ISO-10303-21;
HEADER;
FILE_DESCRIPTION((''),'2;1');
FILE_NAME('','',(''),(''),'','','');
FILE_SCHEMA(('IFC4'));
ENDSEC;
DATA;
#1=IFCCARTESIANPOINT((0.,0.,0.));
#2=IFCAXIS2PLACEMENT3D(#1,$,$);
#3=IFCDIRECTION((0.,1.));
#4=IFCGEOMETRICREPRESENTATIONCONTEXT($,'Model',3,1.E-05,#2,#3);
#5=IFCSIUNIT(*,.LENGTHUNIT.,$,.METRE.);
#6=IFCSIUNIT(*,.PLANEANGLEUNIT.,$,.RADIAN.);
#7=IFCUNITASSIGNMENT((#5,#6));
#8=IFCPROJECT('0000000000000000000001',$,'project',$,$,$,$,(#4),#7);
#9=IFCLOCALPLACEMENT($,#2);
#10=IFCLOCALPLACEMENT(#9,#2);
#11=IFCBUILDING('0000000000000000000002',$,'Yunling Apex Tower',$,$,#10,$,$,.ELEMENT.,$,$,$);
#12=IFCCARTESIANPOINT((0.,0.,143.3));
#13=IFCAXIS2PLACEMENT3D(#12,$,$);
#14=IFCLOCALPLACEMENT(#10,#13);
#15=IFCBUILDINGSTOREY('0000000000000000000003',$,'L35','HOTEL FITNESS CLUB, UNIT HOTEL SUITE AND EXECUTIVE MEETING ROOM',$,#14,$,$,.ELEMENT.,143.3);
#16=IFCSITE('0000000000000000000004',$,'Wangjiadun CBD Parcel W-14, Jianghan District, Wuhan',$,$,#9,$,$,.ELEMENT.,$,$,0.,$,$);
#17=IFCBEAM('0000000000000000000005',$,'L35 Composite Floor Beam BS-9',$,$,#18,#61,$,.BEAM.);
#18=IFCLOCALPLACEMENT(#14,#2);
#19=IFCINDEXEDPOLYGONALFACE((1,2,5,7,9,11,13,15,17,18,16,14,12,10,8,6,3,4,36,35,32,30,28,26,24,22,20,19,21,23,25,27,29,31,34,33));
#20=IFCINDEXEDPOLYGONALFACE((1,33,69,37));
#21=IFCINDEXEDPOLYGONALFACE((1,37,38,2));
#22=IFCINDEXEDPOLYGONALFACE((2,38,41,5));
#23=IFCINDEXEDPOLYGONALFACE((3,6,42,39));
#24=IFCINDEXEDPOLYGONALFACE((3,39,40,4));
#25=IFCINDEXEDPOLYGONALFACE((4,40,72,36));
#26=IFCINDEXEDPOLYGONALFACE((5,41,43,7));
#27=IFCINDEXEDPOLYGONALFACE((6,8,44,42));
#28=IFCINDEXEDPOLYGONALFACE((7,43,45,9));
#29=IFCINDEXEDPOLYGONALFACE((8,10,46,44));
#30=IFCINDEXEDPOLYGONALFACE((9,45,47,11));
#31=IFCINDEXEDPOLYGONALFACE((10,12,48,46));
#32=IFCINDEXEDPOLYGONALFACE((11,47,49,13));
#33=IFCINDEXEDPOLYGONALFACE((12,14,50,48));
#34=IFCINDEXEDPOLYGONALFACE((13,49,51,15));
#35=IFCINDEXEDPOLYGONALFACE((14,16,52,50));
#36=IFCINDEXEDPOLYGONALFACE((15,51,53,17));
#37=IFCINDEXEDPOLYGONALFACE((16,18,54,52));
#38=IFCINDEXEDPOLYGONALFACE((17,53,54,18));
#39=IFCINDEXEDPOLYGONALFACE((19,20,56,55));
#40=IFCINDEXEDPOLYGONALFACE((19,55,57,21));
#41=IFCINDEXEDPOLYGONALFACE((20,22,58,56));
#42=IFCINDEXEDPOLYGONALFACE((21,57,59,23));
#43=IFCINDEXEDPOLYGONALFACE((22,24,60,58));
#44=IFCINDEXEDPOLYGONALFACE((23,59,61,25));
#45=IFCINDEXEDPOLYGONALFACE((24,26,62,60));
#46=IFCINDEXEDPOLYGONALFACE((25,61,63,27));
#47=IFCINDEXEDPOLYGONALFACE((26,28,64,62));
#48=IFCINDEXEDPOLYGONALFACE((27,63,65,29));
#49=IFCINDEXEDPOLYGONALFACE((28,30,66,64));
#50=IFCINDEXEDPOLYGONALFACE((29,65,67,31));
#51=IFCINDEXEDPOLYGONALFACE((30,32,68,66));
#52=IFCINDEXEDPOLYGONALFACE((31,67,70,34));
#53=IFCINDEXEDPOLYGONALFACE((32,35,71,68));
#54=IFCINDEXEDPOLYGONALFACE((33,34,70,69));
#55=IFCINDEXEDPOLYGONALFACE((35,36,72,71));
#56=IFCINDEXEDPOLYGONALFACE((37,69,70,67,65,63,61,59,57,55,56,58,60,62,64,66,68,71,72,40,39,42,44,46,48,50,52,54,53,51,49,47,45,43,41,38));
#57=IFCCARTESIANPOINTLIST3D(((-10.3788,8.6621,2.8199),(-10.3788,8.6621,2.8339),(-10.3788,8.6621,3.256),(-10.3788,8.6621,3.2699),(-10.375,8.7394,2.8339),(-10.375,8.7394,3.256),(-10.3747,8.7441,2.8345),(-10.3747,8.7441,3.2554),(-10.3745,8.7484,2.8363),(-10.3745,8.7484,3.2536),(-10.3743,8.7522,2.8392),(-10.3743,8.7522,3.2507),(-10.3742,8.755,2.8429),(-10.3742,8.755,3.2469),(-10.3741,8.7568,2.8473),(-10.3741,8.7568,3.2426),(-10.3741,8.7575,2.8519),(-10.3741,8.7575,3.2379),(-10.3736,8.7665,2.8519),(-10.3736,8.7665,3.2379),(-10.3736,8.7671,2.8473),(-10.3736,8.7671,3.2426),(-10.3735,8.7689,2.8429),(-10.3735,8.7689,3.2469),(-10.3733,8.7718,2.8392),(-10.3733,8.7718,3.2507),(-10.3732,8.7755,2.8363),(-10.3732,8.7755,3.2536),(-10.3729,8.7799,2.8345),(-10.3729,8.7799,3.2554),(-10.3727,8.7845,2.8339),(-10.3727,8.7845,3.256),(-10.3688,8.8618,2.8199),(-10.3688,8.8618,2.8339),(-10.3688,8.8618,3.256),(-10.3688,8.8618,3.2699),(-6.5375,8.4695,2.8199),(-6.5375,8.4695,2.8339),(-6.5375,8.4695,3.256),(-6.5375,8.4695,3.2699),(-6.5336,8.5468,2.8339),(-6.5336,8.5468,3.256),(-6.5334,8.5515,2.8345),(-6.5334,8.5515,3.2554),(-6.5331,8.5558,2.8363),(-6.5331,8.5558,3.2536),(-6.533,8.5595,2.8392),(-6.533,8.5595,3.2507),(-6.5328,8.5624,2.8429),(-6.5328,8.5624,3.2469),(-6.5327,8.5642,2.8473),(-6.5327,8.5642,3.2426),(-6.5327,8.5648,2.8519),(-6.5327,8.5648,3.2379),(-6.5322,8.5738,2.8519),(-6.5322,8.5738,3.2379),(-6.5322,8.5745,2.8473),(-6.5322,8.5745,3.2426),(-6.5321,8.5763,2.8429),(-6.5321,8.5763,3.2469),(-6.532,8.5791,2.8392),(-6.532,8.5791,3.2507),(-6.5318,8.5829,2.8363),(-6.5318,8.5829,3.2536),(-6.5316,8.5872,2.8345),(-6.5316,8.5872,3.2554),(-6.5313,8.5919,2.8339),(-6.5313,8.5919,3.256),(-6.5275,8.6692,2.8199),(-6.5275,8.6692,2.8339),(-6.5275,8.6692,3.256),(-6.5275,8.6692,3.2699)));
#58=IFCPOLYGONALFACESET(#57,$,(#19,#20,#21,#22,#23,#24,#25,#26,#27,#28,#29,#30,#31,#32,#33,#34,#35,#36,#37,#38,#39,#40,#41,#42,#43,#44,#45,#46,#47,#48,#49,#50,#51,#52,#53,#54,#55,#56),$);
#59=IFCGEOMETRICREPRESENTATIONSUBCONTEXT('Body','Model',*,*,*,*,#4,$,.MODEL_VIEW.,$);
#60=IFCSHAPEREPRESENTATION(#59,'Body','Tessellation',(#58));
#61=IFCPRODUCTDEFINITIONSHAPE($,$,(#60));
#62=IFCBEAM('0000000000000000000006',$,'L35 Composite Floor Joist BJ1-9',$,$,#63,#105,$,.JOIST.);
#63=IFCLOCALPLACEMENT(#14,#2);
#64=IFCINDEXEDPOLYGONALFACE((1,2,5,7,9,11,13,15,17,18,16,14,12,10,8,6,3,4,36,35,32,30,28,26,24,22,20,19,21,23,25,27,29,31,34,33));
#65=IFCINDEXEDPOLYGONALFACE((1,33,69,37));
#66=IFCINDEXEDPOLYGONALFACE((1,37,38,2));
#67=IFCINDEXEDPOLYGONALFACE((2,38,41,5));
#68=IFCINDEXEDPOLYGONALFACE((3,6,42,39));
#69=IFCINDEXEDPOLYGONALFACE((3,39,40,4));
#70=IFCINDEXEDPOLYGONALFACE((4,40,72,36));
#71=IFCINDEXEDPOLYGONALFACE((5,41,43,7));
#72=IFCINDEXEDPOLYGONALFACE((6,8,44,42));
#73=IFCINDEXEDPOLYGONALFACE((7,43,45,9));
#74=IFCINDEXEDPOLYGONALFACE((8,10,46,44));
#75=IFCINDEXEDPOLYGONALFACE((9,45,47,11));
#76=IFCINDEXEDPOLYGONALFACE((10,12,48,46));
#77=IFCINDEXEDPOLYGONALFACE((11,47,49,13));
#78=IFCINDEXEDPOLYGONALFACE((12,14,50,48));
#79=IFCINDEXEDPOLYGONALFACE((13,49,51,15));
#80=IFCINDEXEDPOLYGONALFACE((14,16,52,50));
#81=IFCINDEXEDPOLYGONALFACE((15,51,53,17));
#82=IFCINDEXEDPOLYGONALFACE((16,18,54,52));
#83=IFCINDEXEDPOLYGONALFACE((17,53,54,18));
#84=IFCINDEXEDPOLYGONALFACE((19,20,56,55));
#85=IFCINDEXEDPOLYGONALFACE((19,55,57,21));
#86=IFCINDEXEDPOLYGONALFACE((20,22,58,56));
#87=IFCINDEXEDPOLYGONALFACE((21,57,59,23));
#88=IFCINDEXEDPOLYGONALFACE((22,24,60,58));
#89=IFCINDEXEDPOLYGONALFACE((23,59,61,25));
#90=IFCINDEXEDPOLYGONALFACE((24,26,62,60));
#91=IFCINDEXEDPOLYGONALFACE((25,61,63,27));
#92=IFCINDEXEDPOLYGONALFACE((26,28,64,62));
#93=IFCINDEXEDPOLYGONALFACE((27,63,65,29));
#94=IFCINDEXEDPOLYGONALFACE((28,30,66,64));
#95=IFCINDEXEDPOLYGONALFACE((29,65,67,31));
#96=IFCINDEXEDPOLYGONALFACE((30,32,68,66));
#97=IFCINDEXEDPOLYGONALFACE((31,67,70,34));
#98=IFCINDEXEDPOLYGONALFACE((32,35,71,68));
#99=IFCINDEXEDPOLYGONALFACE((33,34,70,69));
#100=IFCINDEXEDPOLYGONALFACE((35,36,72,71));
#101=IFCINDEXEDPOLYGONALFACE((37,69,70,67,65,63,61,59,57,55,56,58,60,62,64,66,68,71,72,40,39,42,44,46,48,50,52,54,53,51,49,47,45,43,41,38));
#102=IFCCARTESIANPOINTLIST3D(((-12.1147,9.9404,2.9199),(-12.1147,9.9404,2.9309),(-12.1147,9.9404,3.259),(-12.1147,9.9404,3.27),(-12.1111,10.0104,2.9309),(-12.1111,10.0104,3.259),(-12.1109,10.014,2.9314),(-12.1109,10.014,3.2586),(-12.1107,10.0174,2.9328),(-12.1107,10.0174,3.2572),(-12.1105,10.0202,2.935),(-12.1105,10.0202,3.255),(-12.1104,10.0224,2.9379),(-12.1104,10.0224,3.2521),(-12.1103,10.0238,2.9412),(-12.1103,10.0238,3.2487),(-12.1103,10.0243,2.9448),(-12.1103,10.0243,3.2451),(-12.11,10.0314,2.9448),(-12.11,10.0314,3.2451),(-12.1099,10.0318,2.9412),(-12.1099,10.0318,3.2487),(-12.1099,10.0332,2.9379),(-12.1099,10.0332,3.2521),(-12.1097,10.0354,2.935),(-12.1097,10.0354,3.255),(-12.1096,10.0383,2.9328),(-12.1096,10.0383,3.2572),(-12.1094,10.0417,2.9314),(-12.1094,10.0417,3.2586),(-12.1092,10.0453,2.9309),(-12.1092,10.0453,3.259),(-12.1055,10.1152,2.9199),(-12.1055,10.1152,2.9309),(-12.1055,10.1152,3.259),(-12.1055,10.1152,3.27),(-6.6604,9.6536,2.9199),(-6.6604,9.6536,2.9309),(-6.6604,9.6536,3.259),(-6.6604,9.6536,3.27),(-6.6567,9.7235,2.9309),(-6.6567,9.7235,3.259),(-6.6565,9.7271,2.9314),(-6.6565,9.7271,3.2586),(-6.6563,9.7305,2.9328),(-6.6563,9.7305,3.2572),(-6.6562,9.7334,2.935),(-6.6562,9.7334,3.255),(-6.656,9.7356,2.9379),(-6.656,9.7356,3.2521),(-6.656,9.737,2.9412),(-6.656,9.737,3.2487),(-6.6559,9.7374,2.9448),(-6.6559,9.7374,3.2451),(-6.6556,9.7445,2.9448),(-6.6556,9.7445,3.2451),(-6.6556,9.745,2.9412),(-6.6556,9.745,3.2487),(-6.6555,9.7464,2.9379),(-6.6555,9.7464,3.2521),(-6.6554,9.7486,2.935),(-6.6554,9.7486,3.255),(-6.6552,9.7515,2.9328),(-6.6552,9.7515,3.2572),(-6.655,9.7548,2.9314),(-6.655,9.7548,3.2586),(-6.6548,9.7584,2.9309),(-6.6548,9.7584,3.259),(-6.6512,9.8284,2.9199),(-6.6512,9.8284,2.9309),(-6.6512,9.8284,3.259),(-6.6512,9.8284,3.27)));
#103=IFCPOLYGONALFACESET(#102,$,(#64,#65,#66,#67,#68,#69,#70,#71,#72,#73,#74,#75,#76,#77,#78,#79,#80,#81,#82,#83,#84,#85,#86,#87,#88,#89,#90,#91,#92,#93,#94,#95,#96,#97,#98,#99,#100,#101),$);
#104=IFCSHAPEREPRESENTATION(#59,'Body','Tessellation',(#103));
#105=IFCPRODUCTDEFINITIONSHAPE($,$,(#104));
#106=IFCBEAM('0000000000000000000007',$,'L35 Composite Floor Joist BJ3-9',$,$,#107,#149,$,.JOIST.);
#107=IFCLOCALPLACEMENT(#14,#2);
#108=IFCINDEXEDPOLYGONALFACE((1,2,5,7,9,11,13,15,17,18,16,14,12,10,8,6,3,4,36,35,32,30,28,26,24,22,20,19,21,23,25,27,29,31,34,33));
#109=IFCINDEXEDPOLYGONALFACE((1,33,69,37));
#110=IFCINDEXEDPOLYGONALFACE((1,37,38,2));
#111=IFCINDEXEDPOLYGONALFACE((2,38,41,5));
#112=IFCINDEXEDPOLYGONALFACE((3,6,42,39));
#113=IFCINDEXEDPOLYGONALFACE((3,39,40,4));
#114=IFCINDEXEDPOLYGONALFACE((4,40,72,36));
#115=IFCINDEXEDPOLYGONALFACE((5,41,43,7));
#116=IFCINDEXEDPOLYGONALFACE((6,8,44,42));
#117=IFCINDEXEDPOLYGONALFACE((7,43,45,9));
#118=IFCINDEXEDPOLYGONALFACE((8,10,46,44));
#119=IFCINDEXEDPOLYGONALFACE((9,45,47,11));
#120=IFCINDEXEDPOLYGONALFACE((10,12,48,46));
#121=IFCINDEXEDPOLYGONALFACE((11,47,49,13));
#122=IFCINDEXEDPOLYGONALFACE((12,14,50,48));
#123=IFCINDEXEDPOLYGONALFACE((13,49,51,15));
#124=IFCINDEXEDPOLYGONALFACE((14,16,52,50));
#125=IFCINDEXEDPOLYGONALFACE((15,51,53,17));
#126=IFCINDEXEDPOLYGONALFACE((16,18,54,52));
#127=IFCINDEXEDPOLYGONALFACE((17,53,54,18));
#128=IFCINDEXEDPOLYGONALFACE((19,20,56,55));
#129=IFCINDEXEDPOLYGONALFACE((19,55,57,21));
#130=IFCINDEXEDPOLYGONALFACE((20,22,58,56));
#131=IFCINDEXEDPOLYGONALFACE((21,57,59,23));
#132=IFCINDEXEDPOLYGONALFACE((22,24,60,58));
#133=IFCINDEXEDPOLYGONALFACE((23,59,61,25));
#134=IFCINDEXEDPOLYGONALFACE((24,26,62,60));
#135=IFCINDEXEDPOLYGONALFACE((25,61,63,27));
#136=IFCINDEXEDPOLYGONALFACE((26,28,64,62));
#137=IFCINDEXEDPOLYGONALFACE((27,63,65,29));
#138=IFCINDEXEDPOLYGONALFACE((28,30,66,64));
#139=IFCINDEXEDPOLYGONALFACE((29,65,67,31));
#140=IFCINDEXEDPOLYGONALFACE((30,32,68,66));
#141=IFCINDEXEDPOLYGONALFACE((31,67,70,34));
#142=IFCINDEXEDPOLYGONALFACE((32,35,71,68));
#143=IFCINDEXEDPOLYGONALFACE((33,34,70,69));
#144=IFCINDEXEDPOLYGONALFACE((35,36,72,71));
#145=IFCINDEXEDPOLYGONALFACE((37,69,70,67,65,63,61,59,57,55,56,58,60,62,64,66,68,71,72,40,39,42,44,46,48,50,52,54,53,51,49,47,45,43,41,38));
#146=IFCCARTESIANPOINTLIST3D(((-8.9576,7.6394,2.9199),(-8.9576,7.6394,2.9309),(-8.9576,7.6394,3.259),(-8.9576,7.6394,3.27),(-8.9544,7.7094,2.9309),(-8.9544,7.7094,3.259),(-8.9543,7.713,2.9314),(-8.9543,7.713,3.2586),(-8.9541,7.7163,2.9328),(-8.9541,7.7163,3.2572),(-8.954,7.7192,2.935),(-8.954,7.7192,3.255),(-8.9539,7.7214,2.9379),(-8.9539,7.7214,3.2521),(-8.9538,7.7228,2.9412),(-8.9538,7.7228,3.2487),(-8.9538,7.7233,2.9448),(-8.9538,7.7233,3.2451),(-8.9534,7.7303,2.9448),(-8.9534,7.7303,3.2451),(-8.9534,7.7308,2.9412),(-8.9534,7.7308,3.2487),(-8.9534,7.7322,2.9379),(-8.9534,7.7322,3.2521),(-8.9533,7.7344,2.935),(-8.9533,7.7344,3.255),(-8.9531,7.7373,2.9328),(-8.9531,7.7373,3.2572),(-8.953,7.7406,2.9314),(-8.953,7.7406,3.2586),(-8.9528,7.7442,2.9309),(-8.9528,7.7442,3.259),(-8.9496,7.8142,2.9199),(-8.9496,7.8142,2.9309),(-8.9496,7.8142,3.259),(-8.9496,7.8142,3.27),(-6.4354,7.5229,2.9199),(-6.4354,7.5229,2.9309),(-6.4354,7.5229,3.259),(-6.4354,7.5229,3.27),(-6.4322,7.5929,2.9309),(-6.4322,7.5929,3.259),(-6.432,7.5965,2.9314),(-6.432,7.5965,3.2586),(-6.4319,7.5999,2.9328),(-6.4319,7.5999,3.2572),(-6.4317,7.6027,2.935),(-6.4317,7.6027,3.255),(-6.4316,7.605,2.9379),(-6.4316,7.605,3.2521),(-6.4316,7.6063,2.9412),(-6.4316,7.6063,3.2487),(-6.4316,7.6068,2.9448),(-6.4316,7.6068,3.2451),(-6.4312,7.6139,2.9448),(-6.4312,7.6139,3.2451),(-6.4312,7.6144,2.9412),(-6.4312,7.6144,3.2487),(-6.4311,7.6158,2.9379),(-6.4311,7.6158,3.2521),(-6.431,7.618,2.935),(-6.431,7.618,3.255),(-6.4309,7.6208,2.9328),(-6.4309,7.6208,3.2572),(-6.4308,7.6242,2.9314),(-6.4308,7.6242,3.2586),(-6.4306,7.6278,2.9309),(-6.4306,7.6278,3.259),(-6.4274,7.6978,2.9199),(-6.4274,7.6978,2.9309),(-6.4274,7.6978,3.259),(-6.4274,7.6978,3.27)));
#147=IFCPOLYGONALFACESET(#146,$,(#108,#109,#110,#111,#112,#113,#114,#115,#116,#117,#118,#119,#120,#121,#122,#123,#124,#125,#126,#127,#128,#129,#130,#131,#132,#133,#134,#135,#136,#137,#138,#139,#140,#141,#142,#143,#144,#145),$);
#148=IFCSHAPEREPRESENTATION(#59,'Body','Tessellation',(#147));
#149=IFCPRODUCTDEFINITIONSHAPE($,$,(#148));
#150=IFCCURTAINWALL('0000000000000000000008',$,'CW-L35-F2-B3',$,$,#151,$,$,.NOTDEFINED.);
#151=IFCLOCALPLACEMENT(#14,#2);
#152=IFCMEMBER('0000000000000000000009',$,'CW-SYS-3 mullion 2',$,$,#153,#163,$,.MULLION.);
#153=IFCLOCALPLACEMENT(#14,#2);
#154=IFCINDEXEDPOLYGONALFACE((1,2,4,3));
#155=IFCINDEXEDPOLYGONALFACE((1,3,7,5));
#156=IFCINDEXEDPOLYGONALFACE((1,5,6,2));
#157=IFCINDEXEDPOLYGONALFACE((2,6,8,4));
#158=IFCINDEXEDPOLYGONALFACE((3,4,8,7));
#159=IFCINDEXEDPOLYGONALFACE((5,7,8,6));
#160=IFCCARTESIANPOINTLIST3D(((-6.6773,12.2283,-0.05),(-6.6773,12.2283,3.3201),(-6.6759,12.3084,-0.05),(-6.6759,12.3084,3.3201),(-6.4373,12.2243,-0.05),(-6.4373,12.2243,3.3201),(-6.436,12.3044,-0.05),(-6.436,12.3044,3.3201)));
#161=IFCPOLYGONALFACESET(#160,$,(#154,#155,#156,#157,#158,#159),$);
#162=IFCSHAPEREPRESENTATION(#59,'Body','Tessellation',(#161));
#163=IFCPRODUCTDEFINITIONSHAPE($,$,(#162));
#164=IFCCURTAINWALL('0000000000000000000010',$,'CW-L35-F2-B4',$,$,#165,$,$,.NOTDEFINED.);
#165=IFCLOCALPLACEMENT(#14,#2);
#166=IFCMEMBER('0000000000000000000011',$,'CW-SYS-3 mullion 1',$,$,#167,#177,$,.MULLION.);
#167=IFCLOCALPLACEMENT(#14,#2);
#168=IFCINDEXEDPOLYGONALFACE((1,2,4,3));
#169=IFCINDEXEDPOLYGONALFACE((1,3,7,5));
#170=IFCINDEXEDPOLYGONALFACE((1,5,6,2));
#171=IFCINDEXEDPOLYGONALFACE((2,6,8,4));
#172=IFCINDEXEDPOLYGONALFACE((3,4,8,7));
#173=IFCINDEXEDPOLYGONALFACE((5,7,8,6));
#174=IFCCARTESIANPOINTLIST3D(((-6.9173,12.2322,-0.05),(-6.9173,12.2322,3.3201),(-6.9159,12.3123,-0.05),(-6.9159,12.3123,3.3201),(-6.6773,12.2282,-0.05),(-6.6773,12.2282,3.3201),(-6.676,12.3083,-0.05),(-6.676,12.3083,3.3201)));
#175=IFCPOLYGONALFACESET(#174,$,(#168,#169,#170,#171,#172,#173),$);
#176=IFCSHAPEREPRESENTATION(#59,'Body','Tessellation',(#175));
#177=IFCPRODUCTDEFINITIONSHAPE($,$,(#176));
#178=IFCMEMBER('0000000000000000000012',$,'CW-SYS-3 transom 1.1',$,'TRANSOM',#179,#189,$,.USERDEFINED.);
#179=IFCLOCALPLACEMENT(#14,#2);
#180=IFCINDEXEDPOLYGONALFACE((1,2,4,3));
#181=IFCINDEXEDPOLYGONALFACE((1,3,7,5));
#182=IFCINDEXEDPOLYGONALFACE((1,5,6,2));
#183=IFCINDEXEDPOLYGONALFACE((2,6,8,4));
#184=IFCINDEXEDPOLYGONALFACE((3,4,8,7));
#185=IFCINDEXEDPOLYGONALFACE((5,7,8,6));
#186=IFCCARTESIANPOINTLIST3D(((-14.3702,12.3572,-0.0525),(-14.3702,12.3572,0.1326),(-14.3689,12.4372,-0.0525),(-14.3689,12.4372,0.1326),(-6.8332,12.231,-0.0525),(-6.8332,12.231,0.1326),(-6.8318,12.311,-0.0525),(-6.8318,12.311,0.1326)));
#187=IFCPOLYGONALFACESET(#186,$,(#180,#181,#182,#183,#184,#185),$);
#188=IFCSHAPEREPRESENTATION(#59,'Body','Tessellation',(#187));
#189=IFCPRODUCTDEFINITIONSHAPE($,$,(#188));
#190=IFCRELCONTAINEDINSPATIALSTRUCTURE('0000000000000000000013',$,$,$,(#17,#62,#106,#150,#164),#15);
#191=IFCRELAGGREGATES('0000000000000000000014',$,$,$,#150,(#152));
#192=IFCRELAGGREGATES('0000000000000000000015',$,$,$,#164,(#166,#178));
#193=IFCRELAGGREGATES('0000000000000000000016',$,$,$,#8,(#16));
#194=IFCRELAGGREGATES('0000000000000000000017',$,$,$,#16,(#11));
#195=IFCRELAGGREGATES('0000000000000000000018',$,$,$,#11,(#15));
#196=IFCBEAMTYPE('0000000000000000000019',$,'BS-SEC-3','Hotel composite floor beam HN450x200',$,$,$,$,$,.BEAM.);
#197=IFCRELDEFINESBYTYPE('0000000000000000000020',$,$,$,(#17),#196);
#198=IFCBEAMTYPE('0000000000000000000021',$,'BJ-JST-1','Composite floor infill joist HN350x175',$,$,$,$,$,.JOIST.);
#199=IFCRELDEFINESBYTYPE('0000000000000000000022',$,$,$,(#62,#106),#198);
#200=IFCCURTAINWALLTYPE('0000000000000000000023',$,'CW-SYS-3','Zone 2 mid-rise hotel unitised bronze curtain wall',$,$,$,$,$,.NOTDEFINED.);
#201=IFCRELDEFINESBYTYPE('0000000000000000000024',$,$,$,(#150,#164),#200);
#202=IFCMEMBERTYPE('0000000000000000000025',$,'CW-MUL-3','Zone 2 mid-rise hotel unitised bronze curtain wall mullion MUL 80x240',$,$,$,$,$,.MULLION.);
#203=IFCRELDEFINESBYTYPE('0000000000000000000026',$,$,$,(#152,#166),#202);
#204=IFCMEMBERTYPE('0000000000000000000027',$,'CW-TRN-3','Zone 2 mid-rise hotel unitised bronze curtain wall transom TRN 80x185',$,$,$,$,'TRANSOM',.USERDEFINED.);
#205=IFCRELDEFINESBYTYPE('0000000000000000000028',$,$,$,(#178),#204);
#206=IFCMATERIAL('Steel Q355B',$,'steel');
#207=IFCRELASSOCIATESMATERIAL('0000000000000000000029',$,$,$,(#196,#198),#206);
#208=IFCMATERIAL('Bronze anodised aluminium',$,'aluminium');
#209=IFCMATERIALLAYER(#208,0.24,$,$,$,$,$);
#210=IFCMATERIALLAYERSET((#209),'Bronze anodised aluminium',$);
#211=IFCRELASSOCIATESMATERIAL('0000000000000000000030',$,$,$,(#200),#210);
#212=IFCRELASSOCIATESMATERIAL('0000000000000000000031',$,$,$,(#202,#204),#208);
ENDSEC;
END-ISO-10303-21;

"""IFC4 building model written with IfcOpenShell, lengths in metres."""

from ifc_helpers import new_model, si_unit, direction, frame, origin, origin_2d, place, context, subcontext, project, spatial, rectangle, i_section, extrude, source, transform, mapped, material, layer, layer_set, material_profile, profile_set, type_object, element, aggregate, save


model = new_model("IFC4")

# Units and contexts
model_context = context("Model", 3, precision=1e-05, world=origin(), true_north=direction((0.0, 1.0)))
body_context = subcontext(model_context, "Body", "Model", "MODEL_VIEW")
ifc_project = project(units=[si_unit("LENGTHUNIT", "METRE"), si_unit("PLANEANGLEUNIT", "RADIAN")], contexts=[model_context])

# Site, building, storey
site_placement = place(None, origin())
site = spatial("IfcSite", under=ifc_project, at=site_placement, Name="Wangjiadun CBD Parcel W-14, Jianghan District, Wuhan", CompositionType="ELEMENT", RefElevation=0.0)
building_placement = place(site_placement, origin())
building = spatial("IfcBuilding", under=site, at=building_placement, Name="Yunling Apex Tower", CompositionType="ELEMENT")
storey_placement = place(building_placement, frame((0.0, 0.0, 143.3)))
storey = spatial("IfcBuildingStorey", under=building, at=storey_placement, Name="L35", Description="HOTEL FITNESS CLUB, UNIT HOTEL SUITE AND EXECUTIVE MEETING ROOM", CompositionType="ELEMENT", Elevation=143.3)

# Beams
ifc_material_1 = material(Name="Steel Q355B", Category="steel")
ifc_material_profile_1 = material_profile(ifc_material_1, i_section(OverallWidth=0.2, OverallDepth=0.45, WebThickness=0.009, FlangeThickness=0.0139, FilletRadius=0.0181, at=origin_2d()))
ifc_profile_set_1 = profile_set([ifc_material_profile_1], Name="Steel Q355B")
beam_type_1 = type_object("IfcBeamType", Name="BS-SEC-3", Description="Hotel composite floor beam HN450x200", PredefinedType="BEAM", material=ifc_profile_set_1)
shared_shape_1 = source(origin(), body_context, "Body", "SweptSolid", [
    extrude(i_section(OverallWidth=0.2, OverallDepth=0.45, WebThickness=0.009, FlangeThickness=0.0139, FilletRadius=0.0181, at=origin_2d()), origin(), (0.0, 0.0, 1.0), 3.8462),
])
beam_1_placement = place(storey_placement, frame((-6.5325, 8.5693, 3.0449), z_axis=(-0.998745, 0.050083, 0.0), x_axis=(-0.050083, -0.998745, 0.0)))
element("IfcBeam", 1, at=beam_1_placement, inside=storey, type_object=beam_type_1, Name="L35 Composite Floor Beam BS-9", PredefinedType="BEAM", context=body_context, shape_type="MappedRepresentation", body=[
    mapped(shared_shape_1, transform((0.0, 0.0, 0.0), scale=1.0)),
])
ifc_material_profile_2 = material_profile(ifc_material_1, i_section(OverallWidth=0.175, OverallDepth=0.3501, WebThickness=0.0071, FlangeThickness=0.011, FilletRadius=0.0139, at=origin_2d()))
ifc_profile_set_2 = profile_set([ifc_material_profile_2], Name="Steel Q355B")
beam_type_2 = type_object("IfcBeamType", Name="BJ-JST-1", Description="Composite floor infill joist HN350x175", PredefinedType="JOIST", material=ifc_profile_set_2)
shared_shape_2 = source(origin(), body_context, "Body", "SweptSolid", [
    extrude(i_section(OverallWidth=0.175, OverallDepth=0.3501, WebThickness=0.0071, FlangeThickness=0.011, FilletRadius=0.0139, at=origin_2d()), origin(), (0.0, 0.0, 1.0), 5.4619),
])
beam_2_placement = place(storey_placement, frame((-6.6558, 9.741, 3.095), z_axis=(-0.99862, 0.052521, 0.0), x_axis=(-0.052521, -0.99862, 0.0)))
element("IfcBeam", 2, at=beam_2_placement, inside=storey, type_object=beam_type_2, Name="L35 Composite Floor Joist BJ1-9", PredefinedType="JOIST", context=body_context, shape_type="MappedRepresentation", body=[
    mapped(shared_shape_2, transform((0.0, 0.0, 0.0), scale=1.0)),
])
shared_shape_3 = source(origin(), body_context, "Body", "SweptSolid", [
    extrude(i_section(OverallWidth=0.175, OverallDepth=0.3501, WebThickness=0.0071, FlangeThickness=0.011, FilletRadius=0.0139, at=origin_2d()), origin(), (0.0, 0.0, 1.0), 2.5249),
])
beam_3_placement = place(storey_placement, frame((-6.4314, 7.6104, 3.095), z_axis=(-0.998936, 0.046123, 0.0), x_axis=(-0.046123, -0.998936, 0.0)))
element("IfcBeam", 3, at=beam_3_placement, inside=storey, type_object=beam_type_2, Name="L35 Composite Floor Joist BJ3-9", PredefinedType="JOIST", context=body_context, shape_type="MappedRepresentation", body=[
    mapped(shared_shape_3, transform((0.0, 0.0, 0.0), scale=1.0)),
])

# Curtain wall, member
ifc_material_2 = material(Name="Bronze anodised aluminium", Category="aluminium")
ifc_layer_1 = layer(ifc_material_2, 0.24)
ifc_layer_set_1 = layer_set([ifc_layer_1], Name="Bronze anodised aluminium")
curtain_wall_type = type_object("IfcCurtainWallType", Name="CW-SYS-3", Description="Zone 2 mid-rise hotel unitised bronze curtain wall", PredefinedType="NOTDEFINED", material=ifc_layer_set_1)
curtain_wall_1_placement = place(storey_placement, origin())
curtain_wall_1 = element("IfcCurtainWall", 4, at=curtain_wall_1_placement, inside=storey, type_object=curtain_wall_type, Name="CW-L35-F2-B3", PredefinedType="NOTDEFINED")
ifc_material_profile_3 = material_profile(ifc_material_2, rectangle(XDim=0.0801, YDim=0.24, at=origin_2d()))
ifc_profile_set_3 = profile_set([ifc_material_profile_3], Name="Bronze anodised aluminium")
member_type_1 = type_object("IfcMemberType", Name="CW-MUL-3", Description="Zone 2 mid-rise hotel unitised bronze curtain wall mullion MUL 80x240", PredefinedType="MULLION", material=ifc_profile_set_3)
shared_shape_4 = source(origin(), body_context, "Body", "SweptSolid", [
    extrude(rectangle(XDim=0.0801, YDim=0.24, at=origin_2d()), origin(), (0.0, 0.0, 1.0), 3.3701),
])
member_1_placement = place(storey_placement, frame((-6.5566, 12.2664, -0.05), z_axis=(0.0, 0.0, 1.0), x_axis=(-0.016762, -0.99986, 0.0)))
member_1 = element("IfcMember", 5, at=member_1_placement, type_object=member_type_1, Name="CW-SYS-3 mullion 2", PredefinedType="MULLION", context=body_context, shape_type="MappedRepresentation", body=[
    mapped(shared_shape_4, transform((0.0, 0.0, 0.0), scale=1.0)),
])
aggregate(curtain_wall_1, [member_1])

# Curtain wall, members
curtain_wall_2_placement = place(storey_placement, origin())
curtain_wall_2 = element("IfcCurtainWall", 6, at=curtain_wall_2_placement, inside=storey, type_object=curtain_wall_type, Name="CW-L35-F2-B4", PredefinedType="NOTDEFINED")
member_2_placement = place(storey_placement, frame((-6.7966, 12.2703, -0.05), z_axis=(0.0, 0.0, 1.0), x_axis=(-0.016762, -0.99986, 0.0)))
member_2 = element("IfcMember", 7, at=member_2_placement, type_object=member_type_1, Name="CW-SYS-3 mullion 1", PredefinedType="MULLION", context=body_context, shape_type="MappedRepresentation", body=[
    mapped(shared_shape_4, transform((0.0, 0.0, 0.0), scale=1.0)),
])
ifc_material_profile_4 = material_profile(ifc_material_2, rectangle(XDim=0.0801, YDim=0.1851, at=origin_2d()))
ifc_profile_set_4 = profile_set([ifc_material_profile_4], Name="Bronze anodised aluminium")
member_type_2 = type_object("IfcMemberType", Name="CW-TRN-3", Description="Zone 2 mid-rise hotel unitised bronze curtain wall transom TRN 80x185", ElementType="TRANSOM", PredefinedType="USERDEFINED", material=ifc_profile_set_4)
shared_shape_5 = source(origin(), body_context, "Body", "SweptSolid", [
    extrude(rectangle(XDim=0.0801, YDim=0.1851, at=origin_2d()), origin(), (0.0, 0.0, 1.0), 7.5381),
])
member_3_placement = place(storey_placement, frame((-6.8325, 12.271, 0.04), z_axis=(-0.99986, 0.016744, 0.0), x_axis=(-0.016744, -0.99986, 0.0)))
member_3 = element("IfcMember", 8, at=member_3_placement, type_object=member_type_2, Name="CW-SYS-3 transom 1.1", ObjectType="TRANSOM", PredefinedType="USERDEFINED", context=body_context, shape_type="MappedRepresentation", body=[
    mapped(shared_shape_5, transform((0.0, 0.0, 0.0), scale=1.0)),
])
aggregate(curtain_wall_2, [member_2, member_3])

save(model, "model.ifc")
